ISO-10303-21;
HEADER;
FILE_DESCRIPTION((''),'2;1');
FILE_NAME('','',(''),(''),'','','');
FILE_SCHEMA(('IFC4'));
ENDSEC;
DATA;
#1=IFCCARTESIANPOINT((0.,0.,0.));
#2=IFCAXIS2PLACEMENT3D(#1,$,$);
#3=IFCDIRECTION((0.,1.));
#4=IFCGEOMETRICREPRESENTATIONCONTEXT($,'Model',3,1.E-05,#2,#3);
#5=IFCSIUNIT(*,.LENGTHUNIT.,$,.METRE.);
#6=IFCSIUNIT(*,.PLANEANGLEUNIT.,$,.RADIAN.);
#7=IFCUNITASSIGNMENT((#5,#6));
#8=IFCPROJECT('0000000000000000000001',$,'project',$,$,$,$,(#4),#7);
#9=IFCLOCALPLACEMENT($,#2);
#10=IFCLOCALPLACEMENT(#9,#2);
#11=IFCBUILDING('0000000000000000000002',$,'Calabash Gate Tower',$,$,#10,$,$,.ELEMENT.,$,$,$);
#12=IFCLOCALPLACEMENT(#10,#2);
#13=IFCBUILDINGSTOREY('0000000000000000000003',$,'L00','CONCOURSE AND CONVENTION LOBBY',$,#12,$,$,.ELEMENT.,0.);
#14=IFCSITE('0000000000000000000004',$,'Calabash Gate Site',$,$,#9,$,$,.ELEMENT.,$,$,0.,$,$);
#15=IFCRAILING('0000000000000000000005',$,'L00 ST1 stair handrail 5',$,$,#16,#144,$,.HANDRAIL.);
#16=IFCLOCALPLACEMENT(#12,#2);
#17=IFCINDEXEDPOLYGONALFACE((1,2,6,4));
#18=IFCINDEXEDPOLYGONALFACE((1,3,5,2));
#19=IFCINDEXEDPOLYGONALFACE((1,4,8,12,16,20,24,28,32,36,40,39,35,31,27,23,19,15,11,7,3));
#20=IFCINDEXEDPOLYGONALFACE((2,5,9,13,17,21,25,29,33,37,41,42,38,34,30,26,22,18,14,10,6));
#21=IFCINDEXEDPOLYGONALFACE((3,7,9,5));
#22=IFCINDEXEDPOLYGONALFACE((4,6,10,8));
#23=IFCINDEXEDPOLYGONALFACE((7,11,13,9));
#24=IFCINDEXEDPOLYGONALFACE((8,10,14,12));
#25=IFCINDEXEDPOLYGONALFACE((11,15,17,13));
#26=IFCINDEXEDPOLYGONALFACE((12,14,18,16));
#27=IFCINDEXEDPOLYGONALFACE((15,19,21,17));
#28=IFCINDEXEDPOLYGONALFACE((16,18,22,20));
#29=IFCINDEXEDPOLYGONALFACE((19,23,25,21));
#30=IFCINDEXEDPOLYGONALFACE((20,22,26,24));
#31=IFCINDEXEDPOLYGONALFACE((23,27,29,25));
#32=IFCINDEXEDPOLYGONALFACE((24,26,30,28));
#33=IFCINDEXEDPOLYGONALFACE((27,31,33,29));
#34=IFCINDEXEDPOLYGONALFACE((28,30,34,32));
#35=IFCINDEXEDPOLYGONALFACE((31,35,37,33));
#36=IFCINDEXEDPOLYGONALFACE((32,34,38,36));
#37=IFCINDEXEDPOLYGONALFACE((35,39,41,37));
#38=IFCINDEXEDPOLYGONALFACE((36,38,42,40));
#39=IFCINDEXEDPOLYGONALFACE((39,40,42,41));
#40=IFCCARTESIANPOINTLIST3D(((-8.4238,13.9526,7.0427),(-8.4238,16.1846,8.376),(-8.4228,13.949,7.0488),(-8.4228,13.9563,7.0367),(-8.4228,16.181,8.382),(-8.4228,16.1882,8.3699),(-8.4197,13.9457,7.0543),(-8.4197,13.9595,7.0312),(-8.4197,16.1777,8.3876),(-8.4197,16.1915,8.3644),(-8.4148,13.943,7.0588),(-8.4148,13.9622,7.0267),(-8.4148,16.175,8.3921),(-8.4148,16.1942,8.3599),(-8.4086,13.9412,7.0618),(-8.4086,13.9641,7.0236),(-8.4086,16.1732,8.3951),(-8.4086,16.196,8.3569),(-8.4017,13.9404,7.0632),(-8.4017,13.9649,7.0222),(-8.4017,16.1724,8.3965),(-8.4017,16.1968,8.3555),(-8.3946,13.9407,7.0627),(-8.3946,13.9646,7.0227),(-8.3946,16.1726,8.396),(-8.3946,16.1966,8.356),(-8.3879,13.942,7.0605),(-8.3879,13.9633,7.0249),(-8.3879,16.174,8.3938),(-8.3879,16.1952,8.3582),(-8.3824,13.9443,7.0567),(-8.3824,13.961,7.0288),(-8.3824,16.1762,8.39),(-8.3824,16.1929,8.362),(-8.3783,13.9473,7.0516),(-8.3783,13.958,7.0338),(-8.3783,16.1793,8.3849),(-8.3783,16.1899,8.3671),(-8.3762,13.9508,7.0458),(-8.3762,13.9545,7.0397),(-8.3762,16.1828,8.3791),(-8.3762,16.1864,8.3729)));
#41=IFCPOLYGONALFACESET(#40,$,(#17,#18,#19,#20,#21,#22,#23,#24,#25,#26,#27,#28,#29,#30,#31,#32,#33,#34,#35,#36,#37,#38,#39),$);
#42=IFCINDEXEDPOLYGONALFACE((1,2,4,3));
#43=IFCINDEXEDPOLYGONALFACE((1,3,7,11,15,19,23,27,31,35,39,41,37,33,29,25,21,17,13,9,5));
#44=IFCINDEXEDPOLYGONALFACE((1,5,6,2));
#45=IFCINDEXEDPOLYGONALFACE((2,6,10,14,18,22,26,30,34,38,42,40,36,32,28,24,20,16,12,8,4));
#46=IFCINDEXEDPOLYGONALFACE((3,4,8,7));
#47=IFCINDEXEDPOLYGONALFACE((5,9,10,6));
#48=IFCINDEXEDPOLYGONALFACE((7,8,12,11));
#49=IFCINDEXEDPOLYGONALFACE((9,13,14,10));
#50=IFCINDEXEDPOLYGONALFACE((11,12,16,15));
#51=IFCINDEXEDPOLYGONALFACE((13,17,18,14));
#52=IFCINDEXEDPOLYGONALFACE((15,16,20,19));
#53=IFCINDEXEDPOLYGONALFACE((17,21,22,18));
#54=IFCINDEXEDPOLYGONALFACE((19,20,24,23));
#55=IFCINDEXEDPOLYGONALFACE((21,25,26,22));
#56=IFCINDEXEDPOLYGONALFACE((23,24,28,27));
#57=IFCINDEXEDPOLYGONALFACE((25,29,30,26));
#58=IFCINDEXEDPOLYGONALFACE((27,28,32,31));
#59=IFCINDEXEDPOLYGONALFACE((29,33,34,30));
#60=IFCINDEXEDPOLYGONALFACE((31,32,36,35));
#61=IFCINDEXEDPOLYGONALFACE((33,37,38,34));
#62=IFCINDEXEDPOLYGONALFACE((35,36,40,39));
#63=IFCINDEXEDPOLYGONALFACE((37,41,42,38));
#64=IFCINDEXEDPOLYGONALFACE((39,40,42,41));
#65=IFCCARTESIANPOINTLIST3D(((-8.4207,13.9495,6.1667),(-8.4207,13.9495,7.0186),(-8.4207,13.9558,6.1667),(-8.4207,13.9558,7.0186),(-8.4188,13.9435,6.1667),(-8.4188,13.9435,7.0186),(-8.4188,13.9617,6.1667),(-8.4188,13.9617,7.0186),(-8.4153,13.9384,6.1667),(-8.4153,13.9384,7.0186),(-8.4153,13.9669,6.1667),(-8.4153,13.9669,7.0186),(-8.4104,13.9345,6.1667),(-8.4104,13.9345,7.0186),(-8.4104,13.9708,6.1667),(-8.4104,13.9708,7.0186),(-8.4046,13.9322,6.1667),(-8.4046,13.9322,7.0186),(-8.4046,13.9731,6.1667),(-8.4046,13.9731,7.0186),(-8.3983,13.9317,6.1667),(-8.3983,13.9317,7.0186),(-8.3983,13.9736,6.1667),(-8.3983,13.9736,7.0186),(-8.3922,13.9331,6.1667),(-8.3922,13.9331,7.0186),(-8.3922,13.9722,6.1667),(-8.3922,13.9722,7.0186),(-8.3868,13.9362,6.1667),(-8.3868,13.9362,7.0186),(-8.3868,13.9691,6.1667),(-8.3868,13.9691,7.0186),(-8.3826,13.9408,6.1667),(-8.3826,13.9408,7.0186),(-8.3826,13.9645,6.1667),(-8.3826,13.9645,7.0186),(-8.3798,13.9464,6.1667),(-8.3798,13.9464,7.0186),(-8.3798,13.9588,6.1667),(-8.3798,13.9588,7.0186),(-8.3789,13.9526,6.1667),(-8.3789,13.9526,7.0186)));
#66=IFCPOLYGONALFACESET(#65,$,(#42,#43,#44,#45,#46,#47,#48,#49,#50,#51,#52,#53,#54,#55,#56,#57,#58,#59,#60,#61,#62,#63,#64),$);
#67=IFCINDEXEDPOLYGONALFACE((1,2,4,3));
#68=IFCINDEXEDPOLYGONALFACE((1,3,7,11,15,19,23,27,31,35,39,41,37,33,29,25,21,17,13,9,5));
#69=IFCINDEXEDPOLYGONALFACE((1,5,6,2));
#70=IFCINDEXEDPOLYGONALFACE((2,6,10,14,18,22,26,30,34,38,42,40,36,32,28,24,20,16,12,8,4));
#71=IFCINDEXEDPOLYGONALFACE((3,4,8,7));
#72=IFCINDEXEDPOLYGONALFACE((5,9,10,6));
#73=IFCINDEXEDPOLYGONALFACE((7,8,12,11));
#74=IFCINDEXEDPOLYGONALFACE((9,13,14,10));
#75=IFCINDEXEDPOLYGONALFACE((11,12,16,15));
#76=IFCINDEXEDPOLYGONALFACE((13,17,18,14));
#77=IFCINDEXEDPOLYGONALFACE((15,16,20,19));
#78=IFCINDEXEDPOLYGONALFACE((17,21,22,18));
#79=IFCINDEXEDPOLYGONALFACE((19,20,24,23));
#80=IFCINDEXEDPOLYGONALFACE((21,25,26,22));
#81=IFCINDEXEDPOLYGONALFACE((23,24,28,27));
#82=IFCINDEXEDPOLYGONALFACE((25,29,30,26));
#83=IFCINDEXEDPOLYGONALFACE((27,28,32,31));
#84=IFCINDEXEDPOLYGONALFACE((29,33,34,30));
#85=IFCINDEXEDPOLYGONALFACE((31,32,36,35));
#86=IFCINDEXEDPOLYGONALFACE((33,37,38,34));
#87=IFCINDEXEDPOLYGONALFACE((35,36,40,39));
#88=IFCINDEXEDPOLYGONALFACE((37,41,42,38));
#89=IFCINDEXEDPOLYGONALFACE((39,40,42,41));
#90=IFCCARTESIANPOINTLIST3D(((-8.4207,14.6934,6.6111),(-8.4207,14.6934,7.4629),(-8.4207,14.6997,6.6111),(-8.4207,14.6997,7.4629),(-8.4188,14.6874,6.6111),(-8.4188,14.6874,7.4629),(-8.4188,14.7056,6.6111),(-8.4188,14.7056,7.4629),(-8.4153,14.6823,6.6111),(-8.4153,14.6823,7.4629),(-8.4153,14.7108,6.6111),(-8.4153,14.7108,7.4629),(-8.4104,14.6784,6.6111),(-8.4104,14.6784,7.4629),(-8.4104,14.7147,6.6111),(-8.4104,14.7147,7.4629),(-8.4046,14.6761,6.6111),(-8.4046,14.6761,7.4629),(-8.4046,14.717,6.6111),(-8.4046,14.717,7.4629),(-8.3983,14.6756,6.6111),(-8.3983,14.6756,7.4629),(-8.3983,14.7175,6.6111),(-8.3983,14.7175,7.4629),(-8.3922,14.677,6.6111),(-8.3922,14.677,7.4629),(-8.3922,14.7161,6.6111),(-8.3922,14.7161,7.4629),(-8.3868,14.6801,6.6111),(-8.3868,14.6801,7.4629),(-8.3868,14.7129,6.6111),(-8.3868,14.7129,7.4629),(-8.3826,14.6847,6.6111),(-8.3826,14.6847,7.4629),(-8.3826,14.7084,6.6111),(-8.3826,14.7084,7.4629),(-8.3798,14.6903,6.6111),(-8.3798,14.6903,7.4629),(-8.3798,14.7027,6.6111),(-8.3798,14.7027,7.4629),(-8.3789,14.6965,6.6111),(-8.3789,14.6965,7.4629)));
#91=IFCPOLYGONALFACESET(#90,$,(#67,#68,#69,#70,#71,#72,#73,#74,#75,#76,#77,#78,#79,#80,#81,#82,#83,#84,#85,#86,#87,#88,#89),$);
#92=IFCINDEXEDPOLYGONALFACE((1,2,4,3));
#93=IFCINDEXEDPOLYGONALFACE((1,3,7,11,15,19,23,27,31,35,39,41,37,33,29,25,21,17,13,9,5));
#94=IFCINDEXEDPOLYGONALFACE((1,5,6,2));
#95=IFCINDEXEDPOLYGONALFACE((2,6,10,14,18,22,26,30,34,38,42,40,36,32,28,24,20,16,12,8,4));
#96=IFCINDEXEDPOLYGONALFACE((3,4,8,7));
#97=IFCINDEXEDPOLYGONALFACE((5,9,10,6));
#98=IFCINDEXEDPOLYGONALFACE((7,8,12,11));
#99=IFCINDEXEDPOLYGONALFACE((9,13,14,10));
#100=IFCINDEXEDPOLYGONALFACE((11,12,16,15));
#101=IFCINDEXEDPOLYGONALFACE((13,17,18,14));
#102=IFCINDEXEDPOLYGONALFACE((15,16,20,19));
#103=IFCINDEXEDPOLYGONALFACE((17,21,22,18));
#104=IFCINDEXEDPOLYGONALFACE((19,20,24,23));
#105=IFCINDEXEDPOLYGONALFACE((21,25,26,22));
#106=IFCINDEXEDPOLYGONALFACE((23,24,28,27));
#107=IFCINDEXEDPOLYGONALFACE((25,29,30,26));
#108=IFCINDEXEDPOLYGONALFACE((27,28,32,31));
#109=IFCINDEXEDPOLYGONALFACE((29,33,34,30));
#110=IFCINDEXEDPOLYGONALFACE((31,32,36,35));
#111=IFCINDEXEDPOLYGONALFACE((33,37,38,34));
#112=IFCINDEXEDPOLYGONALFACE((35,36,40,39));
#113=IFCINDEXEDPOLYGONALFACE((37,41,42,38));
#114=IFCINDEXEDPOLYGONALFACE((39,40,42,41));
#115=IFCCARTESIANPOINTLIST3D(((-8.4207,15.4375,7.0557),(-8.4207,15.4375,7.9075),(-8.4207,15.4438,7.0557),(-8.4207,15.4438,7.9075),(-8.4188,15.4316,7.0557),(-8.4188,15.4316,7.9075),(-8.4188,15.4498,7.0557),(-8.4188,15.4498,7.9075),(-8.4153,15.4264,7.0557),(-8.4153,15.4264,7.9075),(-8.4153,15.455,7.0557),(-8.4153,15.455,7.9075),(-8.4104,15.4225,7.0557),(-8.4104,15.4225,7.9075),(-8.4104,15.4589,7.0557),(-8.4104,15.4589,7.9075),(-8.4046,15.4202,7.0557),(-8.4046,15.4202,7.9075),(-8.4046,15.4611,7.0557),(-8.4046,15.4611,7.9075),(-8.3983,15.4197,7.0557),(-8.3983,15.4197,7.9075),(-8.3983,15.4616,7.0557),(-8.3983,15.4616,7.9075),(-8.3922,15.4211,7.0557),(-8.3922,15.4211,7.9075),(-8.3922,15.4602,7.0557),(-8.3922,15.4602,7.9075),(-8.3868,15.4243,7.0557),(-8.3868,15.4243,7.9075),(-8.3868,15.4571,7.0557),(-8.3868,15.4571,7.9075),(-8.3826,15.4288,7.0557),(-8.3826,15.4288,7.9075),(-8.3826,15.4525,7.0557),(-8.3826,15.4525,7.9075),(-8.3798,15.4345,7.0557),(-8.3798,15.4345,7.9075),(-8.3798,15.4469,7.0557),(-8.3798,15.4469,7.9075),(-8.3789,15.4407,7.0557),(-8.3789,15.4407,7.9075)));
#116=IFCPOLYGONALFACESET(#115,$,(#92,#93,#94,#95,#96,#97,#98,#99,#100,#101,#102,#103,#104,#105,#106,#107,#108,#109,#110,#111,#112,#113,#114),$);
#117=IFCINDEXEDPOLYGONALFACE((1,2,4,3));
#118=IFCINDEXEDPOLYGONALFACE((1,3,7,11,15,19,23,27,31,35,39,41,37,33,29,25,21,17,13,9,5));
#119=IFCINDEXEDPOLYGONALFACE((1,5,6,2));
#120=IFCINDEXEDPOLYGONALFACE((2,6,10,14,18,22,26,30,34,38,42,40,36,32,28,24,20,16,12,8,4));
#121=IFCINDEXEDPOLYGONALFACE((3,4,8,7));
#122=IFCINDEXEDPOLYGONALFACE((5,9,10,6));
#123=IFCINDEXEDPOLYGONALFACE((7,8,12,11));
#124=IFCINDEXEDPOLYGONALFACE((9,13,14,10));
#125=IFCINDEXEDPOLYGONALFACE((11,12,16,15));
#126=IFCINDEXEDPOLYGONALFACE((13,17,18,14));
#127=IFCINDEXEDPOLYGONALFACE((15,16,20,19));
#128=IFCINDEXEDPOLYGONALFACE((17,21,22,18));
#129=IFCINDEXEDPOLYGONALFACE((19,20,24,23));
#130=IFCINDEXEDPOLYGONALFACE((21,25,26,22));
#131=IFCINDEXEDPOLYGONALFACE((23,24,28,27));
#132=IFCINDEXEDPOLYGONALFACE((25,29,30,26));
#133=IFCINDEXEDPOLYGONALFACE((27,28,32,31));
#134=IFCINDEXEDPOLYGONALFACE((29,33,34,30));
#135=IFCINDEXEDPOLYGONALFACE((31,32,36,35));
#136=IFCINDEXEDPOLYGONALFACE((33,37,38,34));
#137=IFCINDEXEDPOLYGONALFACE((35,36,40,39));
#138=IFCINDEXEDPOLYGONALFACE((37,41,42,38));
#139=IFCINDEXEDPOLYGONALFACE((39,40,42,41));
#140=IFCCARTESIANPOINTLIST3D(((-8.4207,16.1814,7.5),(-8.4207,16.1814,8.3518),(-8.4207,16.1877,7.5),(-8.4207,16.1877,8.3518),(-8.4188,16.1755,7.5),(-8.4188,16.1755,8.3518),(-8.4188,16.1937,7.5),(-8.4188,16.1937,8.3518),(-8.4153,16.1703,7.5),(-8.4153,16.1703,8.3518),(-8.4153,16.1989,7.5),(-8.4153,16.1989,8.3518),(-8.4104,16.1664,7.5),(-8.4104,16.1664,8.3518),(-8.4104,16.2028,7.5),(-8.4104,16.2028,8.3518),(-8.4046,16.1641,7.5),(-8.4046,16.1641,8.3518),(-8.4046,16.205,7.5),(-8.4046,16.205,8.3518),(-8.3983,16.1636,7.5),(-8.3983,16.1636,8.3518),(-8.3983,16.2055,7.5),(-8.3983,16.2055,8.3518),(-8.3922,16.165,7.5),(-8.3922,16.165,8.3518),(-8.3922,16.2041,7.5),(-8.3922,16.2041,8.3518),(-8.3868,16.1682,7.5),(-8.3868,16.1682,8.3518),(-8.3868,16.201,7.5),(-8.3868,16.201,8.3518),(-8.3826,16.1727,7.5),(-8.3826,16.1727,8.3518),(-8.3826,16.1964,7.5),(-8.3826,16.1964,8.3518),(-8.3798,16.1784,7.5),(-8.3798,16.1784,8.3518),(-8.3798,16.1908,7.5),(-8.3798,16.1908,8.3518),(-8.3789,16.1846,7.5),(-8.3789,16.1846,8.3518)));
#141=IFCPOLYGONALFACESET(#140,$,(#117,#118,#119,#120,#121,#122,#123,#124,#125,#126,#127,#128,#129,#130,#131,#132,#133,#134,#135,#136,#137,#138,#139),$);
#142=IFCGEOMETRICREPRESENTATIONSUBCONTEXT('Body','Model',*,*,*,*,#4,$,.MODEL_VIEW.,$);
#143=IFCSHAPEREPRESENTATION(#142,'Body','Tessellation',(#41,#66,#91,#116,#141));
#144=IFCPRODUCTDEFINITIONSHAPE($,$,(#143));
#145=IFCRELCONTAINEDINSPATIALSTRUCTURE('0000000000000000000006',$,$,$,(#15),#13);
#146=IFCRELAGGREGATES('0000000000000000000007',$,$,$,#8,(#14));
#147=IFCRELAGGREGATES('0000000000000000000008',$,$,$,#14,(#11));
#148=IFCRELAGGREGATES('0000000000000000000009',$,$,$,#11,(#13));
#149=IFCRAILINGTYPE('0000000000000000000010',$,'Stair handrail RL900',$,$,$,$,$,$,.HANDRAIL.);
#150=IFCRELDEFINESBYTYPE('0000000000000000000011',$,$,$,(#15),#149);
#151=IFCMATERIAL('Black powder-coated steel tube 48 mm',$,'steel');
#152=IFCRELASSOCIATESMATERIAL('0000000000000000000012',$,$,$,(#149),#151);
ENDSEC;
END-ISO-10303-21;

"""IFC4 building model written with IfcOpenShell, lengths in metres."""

from ifc_helpers import new_model, si_unit, direction, frame, origin, origin_2d, place, context, subcontext, project, spatial, circle, extrude, material, type_object, element, save


model = new_model("IFC4")

# Units and contexts
model_context = context("Model", 3, precision=1e-05, world=origin(), true_north=direction((0.0, 1.0)))
body_context = subcontext(model_context, "Body", "Model", "MODEL_VIEW")
ifc_project = project(units=[si_unit("LENGTHUNIT", "METRE"), si_unit("PLANEANGLEUNIT", "RADIAN")], contexts=[model_context])

# Site, building, storey
site_placement = place(None, origin())
site = spatial("IfcSite", under=ifc_project, at=site_placement, Name="Calabash Gate Site", CompositionType="ELEMENT", RefElevation=0.0)
building_placement = place(site_placement, origin())
building = spatial("IfcBuilding", under=site, at=building_placement, Name="Calabash Gate Tower", CompositionType="ELEMENT")
storey_placement = place(building_placement, origin())
storey = spatial("IfcBuildingStorey", under=building, at=storey_placement, Name="L00", Description="CONCOURSE AND CONVENTION LOBBY", CompositionType="ELEMENT", Elevation=0.0)

# Railing
ifc_material_1 = material(Name="Black powder-coated steel tube 48 mm", Category="steel")
railing_type_1 = type_object("IfcRailingType", Name="Stair handrail RL900", PredefinedType="HANDRAIL", material=ifc_material_1)
for number, where, name in (
    (1, (-8.3999, 13.9526, 6.1667), "L00 ST1 stair handrail 5"),
):
    element("IfcRailing", number, at=place(storey_placement, frame(where)), inside=storey, type_object=railing_type_1, Name=name, PredefinedType="HANDRAIL", context=body_context, shape_type="SweptSolid", body=[
        extrude(circle(Radius=0.0239, at=origin_2d()), frame((0.0, 0.0, 0.876), z_axis=(0.0, 0.858494, 0.512824), x_axis=(-1.0, 0.0, 0.0)), (0.0, 0.0, 1.0), 2.5999),
        extrude(circle(Radius=0.021, at=origin_2d()), origin(), (0.0, 0.0, 1.0), 0.8518),
        extrude(circle(Radius=0.021, at=origin_2d()), frame((0.0, 0.7439, 0.4443)), (0.0, 0.0, 1.0), 0.8518),
        extrude(circle(Radius=0.021, at=origin_2d()), frame((0.0, 1.488, 0.8889)), (0.0, 0.0, 1.0), 0.8518),
        extrude(circle(Radius=0.021, at=origin_2d()), frame((0.0, 2.2319, 1.3333)), (0.0, 0.0, 1.0), 0.8518),
    ])

save(model, "model.ifc")
